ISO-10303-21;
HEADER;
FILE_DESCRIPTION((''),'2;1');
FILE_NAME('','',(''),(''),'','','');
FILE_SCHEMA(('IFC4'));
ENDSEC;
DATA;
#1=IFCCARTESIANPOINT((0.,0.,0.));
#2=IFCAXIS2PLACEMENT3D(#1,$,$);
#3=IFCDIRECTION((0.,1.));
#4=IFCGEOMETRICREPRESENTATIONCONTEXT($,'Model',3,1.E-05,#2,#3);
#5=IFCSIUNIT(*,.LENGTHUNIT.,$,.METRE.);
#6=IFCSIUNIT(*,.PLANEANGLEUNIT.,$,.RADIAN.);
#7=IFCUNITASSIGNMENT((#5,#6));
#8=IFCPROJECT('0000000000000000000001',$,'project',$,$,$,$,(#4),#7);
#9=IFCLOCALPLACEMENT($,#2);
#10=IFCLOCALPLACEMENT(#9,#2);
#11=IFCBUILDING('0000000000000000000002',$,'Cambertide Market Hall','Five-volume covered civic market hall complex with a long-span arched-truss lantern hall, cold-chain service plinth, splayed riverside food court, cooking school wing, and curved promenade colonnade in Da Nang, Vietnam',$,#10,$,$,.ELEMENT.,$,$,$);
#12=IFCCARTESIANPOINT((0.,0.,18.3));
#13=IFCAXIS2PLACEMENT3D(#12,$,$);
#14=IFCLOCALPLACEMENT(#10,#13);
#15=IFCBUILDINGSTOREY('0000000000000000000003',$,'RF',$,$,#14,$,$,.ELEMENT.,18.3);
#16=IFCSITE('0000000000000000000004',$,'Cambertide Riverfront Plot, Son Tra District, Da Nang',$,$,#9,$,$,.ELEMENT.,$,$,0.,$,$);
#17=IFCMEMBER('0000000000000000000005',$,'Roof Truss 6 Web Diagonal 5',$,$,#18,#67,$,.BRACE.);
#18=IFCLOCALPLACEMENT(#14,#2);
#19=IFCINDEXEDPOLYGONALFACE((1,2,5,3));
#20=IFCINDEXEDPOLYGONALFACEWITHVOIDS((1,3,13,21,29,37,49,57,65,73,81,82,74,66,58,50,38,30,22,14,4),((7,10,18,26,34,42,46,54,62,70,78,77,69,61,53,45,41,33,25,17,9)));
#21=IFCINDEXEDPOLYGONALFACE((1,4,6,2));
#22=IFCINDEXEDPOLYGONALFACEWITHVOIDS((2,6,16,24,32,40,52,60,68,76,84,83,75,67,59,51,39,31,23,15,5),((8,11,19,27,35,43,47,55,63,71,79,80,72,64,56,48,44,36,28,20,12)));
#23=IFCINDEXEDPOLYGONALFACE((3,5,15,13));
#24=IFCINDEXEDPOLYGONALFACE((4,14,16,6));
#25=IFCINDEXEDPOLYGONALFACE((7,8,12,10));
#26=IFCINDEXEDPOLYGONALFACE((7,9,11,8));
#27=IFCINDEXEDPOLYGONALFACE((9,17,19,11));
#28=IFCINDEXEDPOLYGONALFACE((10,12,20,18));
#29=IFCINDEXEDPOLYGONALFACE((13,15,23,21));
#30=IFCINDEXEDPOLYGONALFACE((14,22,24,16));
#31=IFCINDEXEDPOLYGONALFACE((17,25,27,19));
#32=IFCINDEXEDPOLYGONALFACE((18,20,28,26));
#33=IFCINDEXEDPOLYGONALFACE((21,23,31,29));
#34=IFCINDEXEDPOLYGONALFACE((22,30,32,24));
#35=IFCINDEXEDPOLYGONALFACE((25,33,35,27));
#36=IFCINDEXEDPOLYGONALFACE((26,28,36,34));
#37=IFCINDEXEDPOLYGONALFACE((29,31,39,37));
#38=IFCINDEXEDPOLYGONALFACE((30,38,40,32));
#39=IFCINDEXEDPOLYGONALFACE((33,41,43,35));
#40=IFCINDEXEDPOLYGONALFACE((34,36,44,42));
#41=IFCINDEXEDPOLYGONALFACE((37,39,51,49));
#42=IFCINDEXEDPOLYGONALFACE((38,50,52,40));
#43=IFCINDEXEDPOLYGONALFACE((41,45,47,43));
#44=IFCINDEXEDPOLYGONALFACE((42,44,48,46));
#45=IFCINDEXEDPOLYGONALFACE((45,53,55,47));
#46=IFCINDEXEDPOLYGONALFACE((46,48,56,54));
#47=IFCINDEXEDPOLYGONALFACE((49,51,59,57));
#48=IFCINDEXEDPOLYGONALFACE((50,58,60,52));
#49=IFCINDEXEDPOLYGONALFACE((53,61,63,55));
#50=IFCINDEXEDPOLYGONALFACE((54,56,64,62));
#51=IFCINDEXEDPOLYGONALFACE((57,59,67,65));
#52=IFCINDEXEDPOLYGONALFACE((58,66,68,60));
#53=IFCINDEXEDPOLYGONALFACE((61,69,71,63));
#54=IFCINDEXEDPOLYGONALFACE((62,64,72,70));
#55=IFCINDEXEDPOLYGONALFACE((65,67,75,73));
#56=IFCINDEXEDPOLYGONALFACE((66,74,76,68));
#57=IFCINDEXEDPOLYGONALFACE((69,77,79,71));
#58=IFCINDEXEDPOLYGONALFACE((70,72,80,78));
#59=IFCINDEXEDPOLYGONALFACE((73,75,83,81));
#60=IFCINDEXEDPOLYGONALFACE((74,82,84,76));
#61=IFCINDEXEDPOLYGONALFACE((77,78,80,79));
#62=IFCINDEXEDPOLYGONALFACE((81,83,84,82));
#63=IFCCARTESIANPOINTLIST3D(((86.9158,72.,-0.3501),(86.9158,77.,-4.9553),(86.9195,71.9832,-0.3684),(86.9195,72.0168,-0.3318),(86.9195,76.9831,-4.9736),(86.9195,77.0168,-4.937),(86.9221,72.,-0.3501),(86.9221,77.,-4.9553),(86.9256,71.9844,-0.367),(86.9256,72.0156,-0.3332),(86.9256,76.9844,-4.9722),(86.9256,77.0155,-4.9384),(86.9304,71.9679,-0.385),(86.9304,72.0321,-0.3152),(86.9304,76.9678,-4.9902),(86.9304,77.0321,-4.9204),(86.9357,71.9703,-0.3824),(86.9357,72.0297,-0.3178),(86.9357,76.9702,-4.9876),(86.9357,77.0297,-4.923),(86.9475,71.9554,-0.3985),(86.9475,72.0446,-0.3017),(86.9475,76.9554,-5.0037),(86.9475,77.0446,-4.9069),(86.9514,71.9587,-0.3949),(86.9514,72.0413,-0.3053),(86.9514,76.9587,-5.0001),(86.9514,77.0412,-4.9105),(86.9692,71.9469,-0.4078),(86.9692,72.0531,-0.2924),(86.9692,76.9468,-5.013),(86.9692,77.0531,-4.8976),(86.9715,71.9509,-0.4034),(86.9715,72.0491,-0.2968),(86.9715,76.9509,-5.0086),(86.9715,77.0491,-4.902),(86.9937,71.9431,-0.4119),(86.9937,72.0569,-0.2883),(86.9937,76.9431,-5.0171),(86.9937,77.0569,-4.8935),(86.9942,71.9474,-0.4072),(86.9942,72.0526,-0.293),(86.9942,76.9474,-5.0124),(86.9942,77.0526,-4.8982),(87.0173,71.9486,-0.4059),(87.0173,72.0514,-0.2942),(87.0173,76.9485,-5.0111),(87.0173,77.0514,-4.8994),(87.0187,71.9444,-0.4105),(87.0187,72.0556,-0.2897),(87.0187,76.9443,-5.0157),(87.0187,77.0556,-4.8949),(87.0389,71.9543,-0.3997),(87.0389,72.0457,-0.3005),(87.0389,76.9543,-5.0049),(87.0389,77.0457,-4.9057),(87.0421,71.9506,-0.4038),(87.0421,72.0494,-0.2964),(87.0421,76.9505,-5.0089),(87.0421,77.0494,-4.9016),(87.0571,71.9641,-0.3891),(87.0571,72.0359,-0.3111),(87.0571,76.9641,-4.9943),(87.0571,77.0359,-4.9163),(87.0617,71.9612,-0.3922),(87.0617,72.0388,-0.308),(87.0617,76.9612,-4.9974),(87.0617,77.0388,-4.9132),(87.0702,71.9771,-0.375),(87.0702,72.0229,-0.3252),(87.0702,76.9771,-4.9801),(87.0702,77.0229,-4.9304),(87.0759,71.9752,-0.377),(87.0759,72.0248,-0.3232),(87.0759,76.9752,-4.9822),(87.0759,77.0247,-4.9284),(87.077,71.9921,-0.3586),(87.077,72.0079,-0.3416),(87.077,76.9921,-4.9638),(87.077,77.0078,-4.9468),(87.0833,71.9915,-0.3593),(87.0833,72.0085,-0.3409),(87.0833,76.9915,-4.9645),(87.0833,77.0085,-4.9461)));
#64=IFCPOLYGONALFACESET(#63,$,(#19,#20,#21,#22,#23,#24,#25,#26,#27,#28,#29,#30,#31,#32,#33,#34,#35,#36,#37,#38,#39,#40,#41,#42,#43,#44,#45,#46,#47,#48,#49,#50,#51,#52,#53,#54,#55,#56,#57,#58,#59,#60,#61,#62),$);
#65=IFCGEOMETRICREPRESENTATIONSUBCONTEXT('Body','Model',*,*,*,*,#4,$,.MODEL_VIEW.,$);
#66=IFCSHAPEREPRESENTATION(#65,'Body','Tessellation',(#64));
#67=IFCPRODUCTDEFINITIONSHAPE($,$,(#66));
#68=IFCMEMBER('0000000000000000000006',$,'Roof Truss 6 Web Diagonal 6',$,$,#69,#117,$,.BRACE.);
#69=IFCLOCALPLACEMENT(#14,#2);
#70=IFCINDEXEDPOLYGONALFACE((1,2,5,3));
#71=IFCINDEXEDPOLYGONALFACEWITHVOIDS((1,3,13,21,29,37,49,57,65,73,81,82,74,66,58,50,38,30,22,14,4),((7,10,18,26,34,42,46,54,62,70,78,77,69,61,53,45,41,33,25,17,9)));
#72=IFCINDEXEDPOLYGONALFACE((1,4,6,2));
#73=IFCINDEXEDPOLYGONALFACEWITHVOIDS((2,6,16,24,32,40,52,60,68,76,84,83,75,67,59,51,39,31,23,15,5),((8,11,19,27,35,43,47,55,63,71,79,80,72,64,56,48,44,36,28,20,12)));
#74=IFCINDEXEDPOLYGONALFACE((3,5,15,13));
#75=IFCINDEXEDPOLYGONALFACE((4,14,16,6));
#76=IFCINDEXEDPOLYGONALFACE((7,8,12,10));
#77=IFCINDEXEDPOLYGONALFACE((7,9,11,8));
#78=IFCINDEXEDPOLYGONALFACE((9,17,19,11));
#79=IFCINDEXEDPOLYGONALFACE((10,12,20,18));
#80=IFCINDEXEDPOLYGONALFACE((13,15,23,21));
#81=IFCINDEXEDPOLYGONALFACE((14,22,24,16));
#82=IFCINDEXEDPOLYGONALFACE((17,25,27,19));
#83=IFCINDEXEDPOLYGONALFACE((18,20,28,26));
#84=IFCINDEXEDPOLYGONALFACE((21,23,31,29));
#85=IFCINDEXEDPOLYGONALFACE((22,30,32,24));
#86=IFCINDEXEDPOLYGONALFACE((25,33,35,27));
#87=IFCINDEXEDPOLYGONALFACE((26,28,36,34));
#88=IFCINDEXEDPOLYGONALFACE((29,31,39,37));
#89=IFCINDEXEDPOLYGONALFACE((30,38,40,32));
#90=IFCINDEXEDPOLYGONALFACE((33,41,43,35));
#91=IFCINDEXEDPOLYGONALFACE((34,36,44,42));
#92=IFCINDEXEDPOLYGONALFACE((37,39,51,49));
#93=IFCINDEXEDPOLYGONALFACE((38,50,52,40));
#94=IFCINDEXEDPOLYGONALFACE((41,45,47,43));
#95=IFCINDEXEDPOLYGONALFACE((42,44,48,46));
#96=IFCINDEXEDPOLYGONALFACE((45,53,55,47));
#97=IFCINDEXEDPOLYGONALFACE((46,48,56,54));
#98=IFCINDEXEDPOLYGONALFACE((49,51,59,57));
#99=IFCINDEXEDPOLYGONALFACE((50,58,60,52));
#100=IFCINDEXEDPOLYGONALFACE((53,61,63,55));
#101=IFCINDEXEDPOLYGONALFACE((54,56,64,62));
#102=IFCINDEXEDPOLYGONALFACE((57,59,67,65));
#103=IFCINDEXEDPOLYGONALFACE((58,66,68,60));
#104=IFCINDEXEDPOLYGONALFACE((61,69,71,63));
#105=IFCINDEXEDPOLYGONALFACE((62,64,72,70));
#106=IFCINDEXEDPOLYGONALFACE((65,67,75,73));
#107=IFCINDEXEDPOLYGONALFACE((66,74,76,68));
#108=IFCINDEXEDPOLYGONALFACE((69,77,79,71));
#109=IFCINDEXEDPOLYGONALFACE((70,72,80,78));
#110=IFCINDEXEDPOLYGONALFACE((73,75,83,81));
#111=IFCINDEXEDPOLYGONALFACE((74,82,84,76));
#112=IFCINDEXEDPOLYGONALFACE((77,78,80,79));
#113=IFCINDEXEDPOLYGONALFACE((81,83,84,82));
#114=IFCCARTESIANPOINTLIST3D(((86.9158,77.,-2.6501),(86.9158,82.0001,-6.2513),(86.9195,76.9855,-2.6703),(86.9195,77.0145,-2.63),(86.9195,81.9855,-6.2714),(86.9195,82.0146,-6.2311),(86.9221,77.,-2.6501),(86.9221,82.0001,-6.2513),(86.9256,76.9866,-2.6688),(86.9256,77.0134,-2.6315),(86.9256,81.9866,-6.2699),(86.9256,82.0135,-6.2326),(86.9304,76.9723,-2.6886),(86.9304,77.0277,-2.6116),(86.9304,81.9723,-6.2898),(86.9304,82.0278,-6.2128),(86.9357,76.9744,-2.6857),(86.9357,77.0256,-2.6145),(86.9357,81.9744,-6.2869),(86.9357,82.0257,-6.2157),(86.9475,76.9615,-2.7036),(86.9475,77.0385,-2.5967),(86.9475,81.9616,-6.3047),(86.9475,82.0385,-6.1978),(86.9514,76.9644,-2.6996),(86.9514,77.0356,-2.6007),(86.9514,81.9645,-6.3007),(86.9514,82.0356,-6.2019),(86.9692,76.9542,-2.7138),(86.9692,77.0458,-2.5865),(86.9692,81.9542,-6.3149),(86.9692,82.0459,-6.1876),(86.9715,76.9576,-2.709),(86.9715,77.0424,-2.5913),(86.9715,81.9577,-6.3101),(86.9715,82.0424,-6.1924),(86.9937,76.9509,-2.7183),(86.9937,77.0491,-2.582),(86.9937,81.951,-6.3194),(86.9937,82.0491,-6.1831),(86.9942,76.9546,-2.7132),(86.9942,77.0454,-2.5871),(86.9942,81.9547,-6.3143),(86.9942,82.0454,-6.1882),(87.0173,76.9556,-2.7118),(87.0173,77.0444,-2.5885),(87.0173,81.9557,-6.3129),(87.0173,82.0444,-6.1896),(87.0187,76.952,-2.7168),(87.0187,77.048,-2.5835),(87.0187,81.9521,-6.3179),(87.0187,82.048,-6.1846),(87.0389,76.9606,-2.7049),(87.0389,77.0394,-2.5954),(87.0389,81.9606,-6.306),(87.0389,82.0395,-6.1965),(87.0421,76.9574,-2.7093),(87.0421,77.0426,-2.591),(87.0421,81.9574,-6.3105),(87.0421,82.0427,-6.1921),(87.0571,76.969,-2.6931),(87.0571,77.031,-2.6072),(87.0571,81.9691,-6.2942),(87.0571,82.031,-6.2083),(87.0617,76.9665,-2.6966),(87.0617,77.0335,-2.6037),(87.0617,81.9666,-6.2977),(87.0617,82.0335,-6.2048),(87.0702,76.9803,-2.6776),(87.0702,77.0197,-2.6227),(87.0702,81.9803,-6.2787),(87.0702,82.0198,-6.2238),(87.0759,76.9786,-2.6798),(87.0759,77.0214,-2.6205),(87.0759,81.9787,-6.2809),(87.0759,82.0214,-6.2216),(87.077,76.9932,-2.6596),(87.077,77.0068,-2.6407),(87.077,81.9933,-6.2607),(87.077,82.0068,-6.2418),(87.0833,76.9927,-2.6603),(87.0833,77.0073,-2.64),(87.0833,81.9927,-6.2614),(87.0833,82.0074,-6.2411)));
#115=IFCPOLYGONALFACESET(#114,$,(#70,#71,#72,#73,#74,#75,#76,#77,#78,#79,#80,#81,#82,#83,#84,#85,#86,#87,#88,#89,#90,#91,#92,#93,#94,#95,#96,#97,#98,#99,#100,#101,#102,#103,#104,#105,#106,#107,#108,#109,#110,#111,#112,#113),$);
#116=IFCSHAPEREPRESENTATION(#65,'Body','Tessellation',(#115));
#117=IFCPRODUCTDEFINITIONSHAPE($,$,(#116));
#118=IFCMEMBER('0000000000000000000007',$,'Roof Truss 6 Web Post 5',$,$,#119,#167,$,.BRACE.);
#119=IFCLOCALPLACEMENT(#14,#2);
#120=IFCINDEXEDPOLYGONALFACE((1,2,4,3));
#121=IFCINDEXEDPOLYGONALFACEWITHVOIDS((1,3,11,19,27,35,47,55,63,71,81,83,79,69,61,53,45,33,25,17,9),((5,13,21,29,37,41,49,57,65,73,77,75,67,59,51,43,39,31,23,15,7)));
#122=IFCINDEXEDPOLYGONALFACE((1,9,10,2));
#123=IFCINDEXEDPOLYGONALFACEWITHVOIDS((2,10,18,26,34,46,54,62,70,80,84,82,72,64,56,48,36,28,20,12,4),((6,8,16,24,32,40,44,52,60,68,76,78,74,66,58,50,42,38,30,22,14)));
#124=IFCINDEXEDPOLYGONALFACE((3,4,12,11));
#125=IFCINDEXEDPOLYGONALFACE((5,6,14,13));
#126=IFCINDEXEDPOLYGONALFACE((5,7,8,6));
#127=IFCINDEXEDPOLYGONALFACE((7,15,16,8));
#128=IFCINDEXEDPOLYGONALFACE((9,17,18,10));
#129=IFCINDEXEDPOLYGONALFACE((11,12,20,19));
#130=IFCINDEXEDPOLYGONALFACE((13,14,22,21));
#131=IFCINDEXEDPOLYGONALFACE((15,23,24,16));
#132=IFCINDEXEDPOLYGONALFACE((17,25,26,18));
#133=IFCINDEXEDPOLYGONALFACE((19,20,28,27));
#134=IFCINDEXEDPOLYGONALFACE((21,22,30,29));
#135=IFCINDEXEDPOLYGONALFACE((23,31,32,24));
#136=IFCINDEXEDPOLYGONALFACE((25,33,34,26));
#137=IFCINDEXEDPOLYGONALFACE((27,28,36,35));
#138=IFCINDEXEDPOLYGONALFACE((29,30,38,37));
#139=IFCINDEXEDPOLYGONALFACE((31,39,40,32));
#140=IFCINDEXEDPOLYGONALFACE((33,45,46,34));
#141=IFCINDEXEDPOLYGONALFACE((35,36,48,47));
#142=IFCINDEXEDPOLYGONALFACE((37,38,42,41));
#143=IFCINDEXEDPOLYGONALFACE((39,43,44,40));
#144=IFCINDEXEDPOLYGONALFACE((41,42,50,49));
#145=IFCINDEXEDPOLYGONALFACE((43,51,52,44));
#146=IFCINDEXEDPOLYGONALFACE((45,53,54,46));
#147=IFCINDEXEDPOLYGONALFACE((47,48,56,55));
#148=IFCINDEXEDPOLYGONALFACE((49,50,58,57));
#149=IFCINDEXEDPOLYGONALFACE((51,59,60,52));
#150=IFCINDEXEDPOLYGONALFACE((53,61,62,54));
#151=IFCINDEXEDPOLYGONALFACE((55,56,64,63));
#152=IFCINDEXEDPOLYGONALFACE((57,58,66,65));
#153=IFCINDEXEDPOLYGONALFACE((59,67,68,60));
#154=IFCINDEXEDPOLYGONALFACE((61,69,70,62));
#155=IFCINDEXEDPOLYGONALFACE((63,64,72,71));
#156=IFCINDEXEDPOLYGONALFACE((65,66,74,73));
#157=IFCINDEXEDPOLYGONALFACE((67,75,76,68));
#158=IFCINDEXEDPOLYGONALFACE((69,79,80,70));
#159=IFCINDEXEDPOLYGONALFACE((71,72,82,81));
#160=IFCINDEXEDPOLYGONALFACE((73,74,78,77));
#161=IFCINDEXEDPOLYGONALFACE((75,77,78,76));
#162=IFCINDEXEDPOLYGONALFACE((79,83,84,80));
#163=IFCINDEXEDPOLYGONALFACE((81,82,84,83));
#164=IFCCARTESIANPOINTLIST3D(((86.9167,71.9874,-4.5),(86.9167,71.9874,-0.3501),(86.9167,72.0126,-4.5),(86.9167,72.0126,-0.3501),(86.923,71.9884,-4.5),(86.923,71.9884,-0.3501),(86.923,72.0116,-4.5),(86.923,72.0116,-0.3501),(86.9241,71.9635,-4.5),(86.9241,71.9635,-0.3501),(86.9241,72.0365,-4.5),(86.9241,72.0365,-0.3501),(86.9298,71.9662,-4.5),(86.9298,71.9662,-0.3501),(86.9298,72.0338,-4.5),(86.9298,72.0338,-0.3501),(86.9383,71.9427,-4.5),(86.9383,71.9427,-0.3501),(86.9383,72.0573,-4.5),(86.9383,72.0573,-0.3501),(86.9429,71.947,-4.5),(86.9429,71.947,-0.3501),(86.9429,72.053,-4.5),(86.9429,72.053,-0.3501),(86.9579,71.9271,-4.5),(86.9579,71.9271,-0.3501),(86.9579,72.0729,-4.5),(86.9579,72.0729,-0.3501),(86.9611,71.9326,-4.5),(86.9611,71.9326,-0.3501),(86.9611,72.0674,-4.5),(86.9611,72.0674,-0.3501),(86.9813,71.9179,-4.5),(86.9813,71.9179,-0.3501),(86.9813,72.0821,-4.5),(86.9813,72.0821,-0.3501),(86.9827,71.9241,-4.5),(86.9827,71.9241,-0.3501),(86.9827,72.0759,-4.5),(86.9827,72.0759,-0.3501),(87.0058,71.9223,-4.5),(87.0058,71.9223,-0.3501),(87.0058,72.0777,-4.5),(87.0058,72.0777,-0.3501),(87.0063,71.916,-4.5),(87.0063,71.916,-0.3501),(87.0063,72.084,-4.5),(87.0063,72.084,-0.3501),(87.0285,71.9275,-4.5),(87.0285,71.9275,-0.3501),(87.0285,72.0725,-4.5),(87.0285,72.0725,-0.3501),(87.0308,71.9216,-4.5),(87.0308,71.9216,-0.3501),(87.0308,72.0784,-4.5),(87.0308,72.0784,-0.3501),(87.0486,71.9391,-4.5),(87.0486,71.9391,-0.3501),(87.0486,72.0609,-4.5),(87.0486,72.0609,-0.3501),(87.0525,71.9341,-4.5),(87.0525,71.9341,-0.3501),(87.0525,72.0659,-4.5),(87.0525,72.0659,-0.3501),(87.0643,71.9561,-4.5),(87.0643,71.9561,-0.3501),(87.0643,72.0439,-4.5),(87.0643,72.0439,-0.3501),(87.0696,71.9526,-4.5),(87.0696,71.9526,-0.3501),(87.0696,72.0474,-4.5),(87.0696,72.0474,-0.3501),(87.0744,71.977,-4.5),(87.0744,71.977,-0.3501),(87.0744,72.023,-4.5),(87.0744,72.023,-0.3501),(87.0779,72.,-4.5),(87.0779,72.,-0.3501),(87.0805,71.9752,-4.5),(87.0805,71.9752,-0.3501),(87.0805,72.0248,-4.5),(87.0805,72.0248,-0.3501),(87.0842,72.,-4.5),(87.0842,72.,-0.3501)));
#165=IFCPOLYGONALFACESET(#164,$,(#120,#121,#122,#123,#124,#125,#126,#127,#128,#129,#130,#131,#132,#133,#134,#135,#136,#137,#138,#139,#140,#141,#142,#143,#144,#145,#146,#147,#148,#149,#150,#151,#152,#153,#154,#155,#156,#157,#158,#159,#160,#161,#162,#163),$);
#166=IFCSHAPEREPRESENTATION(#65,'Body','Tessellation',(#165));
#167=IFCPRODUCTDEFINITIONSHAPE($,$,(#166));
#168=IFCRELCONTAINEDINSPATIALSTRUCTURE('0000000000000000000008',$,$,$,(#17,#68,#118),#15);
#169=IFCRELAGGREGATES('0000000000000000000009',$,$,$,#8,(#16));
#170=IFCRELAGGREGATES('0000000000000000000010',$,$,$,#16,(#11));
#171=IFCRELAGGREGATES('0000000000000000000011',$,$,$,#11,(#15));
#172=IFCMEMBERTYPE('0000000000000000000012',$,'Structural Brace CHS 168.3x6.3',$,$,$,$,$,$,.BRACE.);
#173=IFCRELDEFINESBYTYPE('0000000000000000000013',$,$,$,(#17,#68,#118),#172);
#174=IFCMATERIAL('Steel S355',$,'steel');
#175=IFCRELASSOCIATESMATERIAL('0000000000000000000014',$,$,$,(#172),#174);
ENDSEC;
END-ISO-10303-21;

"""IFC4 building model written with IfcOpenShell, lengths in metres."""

from ifc_helpers import new_model, si_unit, direction, frame, origin, origin_2d, place, context, subcontext, project, spatial, hollow_circle, extrude, material, material_profile, profile_set, type_object, element, save


model = new_model("IFC4")

# Units and contexts
model_context = context("Model", 3, precision=1e-05, world=origin(), true_north=direction((0.0, 1.0)))
body_context = subcontext(model_context, "Body", "Model", "MODEL_VIEW")
ifc_project = project(units=[si_unit("LENGTHUNIT", "METRE"), si_unit("PLANEANGLEUNIT", "RADIAN")], contexts=[model_context])

# Site, building, storey
site_placement = place(None, origin())
site = spatial("IfcSite", under=ifc_project, at=site_placement, Name="Cambertide Riverfront Plot, Son Tra District, Da Nang", CompositionType="ELEMENT", RefElevation=0.0)
building_placement = place(site_placement, origin())
building = spatial("IfcBuilding", under=site, at=building_placement, Name="Cambertide Market Hall", Description="Five-volume covered civic market hall complex with a long-span arched-truss lantern hall, cold-chain service plinth, splayed riverside food court, cooking school wing, and curved promenade colonnade in Da Nang, Vietnam", CompositionType="ELEMENT")
storey_placement = place(building_placement, frame((0.0, 0.0, 18.3)))
storey = spatial("IfcBuildingStorey", under=building, at=storey_placement, Name="RF", CompositionType="ELEMENT", Elevation=18.3)

# Members
ifc_material_1 = material(Name="Steel S355", Category="steel")
ifc_material_profile_1 = material_profile(ifc_material_1, hollow_circle(Radius=0.0842, WallThickness=0.0063, at=origin_2d()), Name="CHS 168.3x6.3")
ifc_profile_set_1 = profile_set([ifc_material_profile_1], Name="Steel S355")
member_type_1 = type_object("IfcMemberType", Name="Structural Brace CHS 168.3x6.3", PredefinedType="BRACE", material=ifc_profile_set_1)
member_1_placement = place(storey_placement, frame((87.0, 72.0, -0.3501), z_axis=(0.0, 0.735548, -0.677473), x_axis=(-1.0, 0.0, 0.0)))
element("IfcMember", 1, at=member_1_placement, inside=storey, type_object=member_type_1, Name="Roof Truss 6 Web Diagonal 5", PredefinedType="BRACE", context=body_context, shape_type="SweptSolid", body=[
    extrude(hollow_circle(Radius=0.0842, WallThickness=0.0063, at=origin_2d()), origin(), (0.0, 0.0, 1.0), 6.7976),
])
member_2_placement = place(storey_placement, frame((87.0, 77.0, -2.6501), z_axis=(0.0, 0.811452, -0.58442), x_axis=(-1.0, 0.0, 0.0)))
element("IfcMember", 2, at=member_2_placement, inside=storey, type_object=member_type_1, Name="Roof Truss 6 Web Diagonal 6", PredefinedType="BRACE", context=body_context, shape_type="SweptSolid", body=[
    extrude(hollow_circle(Radius=0.0842, WallThickness=0.0063, at=origin_2d()), origin(), (0.0, 0.0, 1.0), 6.1619),
])
member_3_placement = place(storey_placement, frame((87.0, 72.0, -4.5), z_axis=(0.0, 0.0, 1.0), x_axis=(1.0, 0.0, 0.0)))
element("IfcMember", 3, at=member_3_placement, inside=storey, type_object=member_type_1, Name="Roof Truss 6 Web Post 5", PredefinedType="BRACE", context=body_context, shape_type="SweptSolid", body=[
    extrude(hollow_circle(Radius=0.0842, WallThickness=0.0063, at=origin_2d()), origin(), (0.0, 0.0, 1.0), 4.1499),
])

save(model, "model.ifc")
